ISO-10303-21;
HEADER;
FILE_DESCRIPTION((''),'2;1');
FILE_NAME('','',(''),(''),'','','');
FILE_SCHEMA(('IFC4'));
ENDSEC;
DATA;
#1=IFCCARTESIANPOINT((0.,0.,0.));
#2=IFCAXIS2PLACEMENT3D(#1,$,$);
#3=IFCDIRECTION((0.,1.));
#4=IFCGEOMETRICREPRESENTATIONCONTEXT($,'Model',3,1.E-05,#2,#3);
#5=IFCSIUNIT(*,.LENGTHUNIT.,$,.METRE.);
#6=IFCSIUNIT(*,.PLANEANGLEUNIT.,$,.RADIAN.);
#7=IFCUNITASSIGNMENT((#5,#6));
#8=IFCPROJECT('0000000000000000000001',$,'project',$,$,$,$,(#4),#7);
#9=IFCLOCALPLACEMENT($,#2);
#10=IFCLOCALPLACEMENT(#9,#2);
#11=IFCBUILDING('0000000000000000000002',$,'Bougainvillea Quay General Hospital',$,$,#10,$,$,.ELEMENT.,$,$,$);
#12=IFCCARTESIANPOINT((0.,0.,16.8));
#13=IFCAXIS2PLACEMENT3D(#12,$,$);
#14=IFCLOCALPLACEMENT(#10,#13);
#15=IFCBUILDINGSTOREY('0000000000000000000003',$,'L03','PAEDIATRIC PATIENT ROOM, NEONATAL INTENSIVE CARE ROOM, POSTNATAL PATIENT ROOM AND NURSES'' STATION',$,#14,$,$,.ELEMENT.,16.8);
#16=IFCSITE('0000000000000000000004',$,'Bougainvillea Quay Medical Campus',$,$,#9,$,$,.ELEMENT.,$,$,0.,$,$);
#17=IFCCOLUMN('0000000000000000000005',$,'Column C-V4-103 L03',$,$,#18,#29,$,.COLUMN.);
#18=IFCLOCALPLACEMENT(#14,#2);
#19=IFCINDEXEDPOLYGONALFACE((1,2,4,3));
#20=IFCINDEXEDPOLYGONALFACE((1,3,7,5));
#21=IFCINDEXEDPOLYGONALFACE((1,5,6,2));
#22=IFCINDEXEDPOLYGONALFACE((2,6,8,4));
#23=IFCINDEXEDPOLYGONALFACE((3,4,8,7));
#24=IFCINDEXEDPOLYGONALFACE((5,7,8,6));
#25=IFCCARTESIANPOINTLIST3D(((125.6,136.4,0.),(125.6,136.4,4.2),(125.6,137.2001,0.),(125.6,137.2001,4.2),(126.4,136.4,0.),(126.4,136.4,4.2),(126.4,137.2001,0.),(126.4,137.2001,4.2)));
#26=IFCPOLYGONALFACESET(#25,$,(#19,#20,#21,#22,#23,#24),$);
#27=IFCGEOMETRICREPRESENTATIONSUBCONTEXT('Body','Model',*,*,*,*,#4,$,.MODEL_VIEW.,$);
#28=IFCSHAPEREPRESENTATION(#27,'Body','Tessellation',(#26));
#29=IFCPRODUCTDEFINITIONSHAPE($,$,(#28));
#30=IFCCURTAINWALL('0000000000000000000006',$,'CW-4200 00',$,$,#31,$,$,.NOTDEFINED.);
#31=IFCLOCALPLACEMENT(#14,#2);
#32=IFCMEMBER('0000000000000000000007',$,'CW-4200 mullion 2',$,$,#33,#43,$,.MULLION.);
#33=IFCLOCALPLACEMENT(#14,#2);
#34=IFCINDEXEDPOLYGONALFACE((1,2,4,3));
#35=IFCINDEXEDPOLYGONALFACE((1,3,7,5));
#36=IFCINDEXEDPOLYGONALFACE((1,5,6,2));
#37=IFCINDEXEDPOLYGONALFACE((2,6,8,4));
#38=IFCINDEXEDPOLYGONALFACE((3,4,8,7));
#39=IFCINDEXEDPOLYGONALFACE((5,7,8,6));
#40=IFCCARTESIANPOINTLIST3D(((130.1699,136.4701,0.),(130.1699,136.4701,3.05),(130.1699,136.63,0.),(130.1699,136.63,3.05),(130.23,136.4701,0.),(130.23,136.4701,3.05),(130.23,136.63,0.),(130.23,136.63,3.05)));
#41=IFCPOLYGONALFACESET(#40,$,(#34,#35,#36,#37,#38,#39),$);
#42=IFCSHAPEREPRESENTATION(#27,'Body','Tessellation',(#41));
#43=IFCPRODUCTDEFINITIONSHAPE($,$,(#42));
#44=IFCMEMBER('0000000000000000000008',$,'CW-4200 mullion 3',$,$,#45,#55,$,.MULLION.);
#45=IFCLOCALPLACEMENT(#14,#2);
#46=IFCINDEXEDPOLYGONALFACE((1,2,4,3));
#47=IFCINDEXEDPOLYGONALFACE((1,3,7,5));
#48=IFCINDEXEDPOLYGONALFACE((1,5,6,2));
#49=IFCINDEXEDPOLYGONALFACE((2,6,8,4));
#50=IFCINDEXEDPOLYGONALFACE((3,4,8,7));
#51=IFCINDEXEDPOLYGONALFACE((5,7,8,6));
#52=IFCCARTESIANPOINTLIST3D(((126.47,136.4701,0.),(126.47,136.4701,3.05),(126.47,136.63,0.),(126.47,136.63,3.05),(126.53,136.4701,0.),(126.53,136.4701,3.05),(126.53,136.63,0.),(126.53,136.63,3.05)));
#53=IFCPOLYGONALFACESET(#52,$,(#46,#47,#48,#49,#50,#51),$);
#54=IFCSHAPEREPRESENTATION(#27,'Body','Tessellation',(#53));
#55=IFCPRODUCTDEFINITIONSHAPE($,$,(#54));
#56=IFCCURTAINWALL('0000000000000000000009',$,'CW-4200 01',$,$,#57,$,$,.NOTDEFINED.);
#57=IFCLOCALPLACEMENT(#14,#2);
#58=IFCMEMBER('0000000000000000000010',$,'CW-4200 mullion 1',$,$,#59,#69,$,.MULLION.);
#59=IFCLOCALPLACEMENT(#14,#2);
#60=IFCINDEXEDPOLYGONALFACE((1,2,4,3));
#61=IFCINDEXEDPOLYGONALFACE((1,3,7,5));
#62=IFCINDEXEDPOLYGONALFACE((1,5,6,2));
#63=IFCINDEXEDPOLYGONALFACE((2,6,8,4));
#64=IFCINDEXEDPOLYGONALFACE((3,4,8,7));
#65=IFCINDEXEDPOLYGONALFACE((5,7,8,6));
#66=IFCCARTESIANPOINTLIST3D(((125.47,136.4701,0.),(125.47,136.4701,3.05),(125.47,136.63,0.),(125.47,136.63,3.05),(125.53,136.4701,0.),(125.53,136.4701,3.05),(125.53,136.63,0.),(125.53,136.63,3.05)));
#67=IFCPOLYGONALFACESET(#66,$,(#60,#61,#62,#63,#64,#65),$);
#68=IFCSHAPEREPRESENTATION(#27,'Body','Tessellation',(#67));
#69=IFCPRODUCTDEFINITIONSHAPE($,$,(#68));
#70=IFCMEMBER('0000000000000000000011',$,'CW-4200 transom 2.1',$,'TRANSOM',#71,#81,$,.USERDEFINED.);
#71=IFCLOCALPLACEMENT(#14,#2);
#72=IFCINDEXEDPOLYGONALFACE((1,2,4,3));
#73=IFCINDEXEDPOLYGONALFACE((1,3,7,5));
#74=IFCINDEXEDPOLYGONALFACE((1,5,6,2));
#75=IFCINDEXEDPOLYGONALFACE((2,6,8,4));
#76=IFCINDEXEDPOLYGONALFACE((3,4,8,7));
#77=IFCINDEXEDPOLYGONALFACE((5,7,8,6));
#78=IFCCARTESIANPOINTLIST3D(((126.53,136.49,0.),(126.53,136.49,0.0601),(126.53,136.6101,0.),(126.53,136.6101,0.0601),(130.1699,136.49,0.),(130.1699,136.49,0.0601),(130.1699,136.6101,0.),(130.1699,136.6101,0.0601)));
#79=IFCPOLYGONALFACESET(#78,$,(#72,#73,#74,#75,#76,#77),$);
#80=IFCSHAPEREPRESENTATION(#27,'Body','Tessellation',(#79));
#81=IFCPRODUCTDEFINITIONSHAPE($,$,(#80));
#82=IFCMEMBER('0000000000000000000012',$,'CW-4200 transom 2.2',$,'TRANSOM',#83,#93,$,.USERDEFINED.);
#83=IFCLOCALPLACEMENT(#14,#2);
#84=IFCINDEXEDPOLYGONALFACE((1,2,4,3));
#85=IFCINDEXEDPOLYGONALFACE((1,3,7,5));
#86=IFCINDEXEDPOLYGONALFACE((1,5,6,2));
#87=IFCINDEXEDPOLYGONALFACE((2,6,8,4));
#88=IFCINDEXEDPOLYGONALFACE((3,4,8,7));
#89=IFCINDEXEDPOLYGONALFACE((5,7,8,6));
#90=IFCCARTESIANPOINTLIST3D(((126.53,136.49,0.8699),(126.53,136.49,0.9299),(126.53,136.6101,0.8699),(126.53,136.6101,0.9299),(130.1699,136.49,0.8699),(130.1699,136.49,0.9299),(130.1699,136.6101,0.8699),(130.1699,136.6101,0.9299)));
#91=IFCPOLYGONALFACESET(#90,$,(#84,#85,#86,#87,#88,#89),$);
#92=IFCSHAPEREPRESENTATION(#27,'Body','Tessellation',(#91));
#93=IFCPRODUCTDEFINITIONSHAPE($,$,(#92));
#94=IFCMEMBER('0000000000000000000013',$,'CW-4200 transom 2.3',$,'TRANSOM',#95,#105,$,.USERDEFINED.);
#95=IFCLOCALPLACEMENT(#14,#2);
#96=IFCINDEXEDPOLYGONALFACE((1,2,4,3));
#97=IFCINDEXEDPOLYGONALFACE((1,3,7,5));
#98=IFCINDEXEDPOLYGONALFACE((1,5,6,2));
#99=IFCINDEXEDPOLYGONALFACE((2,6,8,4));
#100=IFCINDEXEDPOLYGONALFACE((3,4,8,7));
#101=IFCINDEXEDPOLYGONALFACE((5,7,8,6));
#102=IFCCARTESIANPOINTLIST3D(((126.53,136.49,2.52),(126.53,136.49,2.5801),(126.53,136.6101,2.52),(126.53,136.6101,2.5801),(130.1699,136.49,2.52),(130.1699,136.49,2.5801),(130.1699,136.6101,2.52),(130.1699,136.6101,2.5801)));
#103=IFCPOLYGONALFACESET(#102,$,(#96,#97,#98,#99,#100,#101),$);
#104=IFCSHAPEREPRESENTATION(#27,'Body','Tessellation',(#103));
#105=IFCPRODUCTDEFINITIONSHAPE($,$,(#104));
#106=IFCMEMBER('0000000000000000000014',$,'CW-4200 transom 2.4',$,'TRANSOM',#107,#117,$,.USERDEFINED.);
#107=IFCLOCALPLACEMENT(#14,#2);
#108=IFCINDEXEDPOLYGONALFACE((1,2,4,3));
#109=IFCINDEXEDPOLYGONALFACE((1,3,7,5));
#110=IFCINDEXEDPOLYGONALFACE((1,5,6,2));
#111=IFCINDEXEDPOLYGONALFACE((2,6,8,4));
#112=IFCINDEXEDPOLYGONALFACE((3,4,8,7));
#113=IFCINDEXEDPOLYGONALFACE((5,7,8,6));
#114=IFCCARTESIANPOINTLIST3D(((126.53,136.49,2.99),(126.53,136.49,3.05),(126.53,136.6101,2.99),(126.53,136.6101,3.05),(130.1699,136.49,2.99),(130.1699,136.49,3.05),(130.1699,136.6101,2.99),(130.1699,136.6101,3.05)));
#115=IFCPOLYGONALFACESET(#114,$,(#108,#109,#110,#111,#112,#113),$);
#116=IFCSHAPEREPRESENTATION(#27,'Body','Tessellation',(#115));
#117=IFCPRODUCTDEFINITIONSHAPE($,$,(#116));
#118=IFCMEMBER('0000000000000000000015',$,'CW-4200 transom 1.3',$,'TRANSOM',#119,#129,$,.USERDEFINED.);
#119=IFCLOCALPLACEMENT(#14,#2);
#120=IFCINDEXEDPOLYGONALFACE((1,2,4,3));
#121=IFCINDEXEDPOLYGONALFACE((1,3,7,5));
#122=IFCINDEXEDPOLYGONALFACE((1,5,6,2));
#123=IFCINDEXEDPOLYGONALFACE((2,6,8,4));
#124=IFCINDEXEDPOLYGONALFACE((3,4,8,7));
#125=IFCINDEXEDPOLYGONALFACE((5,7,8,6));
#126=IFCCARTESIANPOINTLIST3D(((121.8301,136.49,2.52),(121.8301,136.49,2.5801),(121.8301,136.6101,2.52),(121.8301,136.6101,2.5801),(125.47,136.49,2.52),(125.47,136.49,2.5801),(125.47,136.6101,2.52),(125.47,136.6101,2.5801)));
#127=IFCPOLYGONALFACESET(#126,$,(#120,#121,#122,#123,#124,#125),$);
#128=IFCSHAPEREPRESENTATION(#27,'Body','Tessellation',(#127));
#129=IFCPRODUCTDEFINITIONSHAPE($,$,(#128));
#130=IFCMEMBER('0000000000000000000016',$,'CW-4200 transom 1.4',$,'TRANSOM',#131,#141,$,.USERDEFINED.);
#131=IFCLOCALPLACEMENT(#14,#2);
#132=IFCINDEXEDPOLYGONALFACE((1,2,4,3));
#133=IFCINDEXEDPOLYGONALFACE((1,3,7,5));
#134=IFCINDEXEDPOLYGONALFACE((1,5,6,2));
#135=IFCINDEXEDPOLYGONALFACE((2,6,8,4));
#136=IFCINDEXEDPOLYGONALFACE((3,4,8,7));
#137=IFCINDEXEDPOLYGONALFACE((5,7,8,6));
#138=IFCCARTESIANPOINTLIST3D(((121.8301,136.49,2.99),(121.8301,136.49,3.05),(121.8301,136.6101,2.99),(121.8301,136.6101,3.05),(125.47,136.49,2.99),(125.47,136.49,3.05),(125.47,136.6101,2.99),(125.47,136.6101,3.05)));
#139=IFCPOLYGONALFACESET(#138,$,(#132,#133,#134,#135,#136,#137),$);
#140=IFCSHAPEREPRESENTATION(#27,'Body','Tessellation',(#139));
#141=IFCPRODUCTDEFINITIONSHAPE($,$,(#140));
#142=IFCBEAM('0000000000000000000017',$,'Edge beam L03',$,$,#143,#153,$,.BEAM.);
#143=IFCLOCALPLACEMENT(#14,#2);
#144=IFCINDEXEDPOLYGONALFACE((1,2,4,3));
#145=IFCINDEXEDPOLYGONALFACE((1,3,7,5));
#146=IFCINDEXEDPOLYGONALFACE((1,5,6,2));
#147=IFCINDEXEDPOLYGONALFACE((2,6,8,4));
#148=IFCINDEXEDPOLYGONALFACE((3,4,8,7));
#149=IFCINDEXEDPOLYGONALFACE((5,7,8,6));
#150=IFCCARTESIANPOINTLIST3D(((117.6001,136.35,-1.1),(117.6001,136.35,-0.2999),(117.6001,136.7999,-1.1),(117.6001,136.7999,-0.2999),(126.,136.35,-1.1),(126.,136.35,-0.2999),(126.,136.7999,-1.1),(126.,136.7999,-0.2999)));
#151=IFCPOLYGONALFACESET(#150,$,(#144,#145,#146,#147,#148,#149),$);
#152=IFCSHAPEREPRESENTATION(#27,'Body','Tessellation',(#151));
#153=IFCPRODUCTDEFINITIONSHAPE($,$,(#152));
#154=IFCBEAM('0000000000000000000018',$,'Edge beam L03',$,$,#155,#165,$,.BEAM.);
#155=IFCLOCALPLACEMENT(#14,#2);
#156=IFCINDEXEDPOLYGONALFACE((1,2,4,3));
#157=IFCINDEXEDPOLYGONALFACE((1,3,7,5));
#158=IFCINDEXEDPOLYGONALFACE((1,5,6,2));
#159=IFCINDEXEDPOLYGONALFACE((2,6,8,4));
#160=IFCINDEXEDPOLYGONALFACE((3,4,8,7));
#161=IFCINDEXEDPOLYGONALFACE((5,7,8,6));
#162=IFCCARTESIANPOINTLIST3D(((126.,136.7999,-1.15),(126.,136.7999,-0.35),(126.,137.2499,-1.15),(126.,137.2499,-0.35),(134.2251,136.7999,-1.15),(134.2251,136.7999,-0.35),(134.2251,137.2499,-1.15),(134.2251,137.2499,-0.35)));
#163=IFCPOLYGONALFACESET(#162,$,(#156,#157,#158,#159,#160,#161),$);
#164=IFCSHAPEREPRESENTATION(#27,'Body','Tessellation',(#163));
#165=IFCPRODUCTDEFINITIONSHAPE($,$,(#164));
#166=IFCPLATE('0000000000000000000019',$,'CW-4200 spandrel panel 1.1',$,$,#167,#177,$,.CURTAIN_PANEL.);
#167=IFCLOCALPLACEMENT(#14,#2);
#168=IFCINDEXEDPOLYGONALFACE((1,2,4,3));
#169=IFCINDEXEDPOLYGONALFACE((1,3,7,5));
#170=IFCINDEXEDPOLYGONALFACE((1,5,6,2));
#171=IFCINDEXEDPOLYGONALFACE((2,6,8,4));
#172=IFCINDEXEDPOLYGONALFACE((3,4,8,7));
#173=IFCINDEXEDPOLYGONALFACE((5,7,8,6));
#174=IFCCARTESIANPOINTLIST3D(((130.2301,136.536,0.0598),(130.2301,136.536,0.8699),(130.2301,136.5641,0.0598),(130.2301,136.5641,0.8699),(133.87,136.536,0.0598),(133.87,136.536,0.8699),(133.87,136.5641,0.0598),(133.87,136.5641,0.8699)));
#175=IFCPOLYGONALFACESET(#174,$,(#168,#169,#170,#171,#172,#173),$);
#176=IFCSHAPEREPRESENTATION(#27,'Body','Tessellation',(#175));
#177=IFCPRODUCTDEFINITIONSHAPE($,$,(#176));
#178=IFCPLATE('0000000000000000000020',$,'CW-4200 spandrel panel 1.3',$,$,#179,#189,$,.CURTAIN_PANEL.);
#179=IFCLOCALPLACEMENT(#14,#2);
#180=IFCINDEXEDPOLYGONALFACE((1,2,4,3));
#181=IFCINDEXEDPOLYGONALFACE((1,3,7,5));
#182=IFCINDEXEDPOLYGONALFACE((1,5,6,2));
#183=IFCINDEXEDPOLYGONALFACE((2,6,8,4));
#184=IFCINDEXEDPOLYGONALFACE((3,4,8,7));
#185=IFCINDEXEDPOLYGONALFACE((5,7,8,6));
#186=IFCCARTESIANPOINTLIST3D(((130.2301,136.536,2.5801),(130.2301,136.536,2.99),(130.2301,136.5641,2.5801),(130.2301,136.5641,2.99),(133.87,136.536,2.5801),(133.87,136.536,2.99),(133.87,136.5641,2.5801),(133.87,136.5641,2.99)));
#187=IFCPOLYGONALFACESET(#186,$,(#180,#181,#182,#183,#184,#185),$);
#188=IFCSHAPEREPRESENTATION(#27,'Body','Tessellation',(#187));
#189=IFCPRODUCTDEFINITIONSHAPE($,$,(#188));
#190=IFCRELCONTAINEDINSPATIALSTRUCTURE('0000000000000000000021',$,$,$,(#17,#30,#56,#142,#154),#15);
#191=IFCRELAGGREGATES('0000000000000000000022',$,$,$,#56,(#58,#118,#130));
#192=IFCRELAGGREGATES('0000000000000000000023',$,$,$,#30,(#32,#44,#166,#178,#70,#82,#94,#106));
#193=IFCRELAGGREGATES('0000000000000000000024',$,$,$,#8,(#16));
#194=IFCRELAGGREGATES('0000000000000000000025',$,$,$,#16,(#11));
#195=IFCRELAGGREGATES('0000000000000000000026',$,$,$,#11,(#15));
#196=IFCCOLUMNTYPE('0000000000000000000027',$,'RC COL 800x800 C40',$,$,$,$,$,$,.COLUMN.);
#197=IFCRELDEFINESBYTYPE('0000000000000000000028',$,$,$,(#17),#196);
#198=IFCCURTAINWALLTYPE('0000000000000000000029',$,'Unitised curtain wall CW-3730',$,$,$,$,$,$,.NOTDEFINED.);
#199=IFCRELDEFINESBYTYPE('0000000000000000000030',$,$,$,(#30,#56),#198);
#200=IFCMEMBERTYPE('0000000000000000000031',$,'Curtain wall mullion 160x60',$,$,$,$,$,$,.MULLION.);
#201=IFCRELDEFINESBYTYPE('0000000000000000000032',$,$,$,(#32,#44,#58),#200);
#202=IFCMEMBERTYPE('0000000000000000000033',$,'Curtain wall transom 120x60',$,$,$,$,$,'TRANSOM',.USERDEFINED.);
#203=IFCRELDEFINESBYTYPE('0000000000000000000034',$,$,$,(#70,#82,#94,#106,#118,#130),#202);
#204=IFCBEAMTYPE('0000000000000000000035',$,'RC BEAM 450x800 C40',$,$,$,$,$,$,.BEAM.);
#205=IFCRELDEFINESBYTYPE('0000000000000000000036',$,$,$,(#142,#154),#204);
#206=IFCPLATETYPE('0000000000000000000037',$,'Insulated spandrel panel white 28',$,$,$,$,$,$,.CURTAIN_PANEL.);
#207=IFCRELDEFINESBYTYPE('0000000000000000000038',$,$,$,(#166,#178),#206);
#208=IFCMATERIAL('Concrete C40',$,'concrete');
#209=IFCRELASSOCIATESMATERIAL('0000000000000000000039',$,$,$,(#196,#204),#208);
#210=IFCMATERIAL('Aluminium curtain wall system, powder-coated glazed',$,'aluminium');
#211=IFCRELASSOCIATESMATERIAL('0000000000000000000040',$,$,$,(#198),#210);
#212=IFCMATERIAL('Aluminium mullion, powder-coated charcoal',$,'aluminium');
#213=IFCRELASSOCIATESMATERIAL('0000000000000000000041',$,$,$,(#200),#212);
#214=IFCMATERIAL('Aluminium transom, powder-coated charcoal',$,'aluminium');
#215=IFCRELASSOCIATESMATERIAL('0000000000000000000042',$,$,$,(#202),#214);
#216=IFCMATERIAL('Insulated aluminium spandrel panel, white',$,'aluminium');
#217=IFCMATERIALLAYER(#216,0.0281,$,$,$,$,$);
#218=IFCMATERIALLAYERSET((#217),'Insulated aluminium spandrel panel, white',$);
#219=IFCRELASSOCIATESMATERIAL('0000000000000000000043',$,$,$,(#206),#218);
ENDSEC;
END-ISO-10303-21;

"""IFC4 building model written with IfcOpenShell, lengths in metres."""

from ifc_helpers import new_model, si_unit, direction, frame, origin, origin_2d, place, context, subcontext, project, spatial, rectangle, extrude, material, layer, layer_set, material_profile, profile_set, type_object, element, aggregate, save


model = new_model("IFC4")

# Units and contexts
model_context = context("Model", 3, precision=1e-05, world=origin(), true_north=direction((0.0, 1.0)))
body_context = subcontext(model_context, "Body", "Model", "MODEL_VIEW")
ifc_project = project(units=[si_unit("LENGTHUNIT", "METRE"), si_unit("PLANEANGLEUNIT", "RADIAN")], contexts=[model_context])

# Site, building, storey
site_placement = place(None, origin())
site = spatial("IfcSite", under=ifc_project, at=site_placement, Name="Bougainvillea Quay Medical Campus", CompositionType="ELEMENT", RefElevation=0.0)
building_placement = place(site_placement, origin())
building = spatial("IfcBuilding", under=site, at=building_placement, Name="Bougainvillea Quay General Hospital", CompositionType="ELEMENT")
storey_placement = place(building_placement, frame((0.0, 0.0, 16.8)))
storey = spatial("IfcBuildingStorey", under=building, at=storey_placement, Name="L03", Description="PAEDIATRIC PATIENT ROOM, NEONATAL INTENSIVE CARE ROOM, POSTNATAL PATIENT ROOM AND NURSES' STATION", CompositionType="ELEMENT", Elevation=16.8)

# Column
ifc_material_1 = material(Name="Concrete C40", Category="concrete")
ifc_material_profile_1 = material_profile(ifc_material_1, rectangle(XDim=0.8, YDim=0.8, at=origin_2d()))
ifc_profile_set_1 = profile_set([ifc_material_profile_1], Name="Concrete C40")
column_type = type_object("IfcColumnType", Name="RC COL 800x800 C40", PredefinedType="COLUMN", material=ifc_profile_set_1)
column_placement = place(storey_placement, frame((126.0, 136.8, 0.0), z_axis=(0.0, 0.0, 1.0), x_axis=(1.0, 0.0, 0.0)))
element("IfcColumn", 1, at=column_placement, inside=storey, type_object=column_type, Name="Column C-V4-103 L03", PredefinedType="COLUMN", context=body_context, shape_type="SweptSolid", body=[
    extrude(rectangle(XDim=0.8, YDim=0.8, at=origin_2d()), origin(), (0.0, 0.0, 1.0), 4.2),
])

# Curtain wall, members
ifc_material_2 = material(Name="Aluminium curtain wall system, powder-coated glazed", Category="aluminium")
curtain_wall_type = type_object("IfcCurtainWallType", Name="Unitised curtain wall CW-3730", PredefinedType="NOTDEFINED", material=ifc_material_2)
curtain_wall_1_placement = place(storey_placement, origin())
curtain_wall_1 = element("IfcCurtainWall", 2, at=curtain_wall_1_placement, inside=storey, type_object=curtain_wall_type, Name="CW-4200 00", PredefinedType="NOTDEFINED")
ifc_material_3 = material(Name="Aluminium mullion, powder-coated charcoal", Category="aluminium")
ifc_material_profile_2 = material_profile(ifc_material_3, rectangle(XDim=0.1599, YDim=0.0601, at=origin_2d()))
ifc_profile_set_2 = profile_set([ifc_material_profile_2], Name="Aluminium mullion, powder-coated charcoal")
member_type_1 = type_object("IfcMemberType", Name="Curtain wall mullion 160x60", PredefinedType="MULLION", material=ifc_profile_set_2)
member_1_placement = place(storey_placement, frame((130.2, 136.55, 0.0), z_axis=(0.0, 0.0, 1.0), x_axis=(0.0, -1.0, 0.0)))
member_1 = element("IfcMember", 3, at=member_1_placement, type_object=member_type_1, Name="CW-4200 mullion 2", PredefinedType="MULLION", context=body_context, shape_type="SweptSolid", body=[
    extrude(rectangle(XDim=0.1599, YDim=0.0601, at=origin_2d()), origin(), (0.0, 0.0, 1.0), 3.05),
])
member_2_placement = place(storey_placement, frame((126.5, 136.55, 0.0), z_axis=(0.0, 0.0, 1.0), x_axis=(0.0, -1.0, 0.0)))
member_2 = element("IfcMember", 4, at=member_2_placement, type_object=member_type_1, Name="CW-4200 mullion 3", PredefinedType="MULLION", context=body_context, shape_type="SweptSolid", body=[
    extrude(rectangle(XDim=0.1599, YDim=0.0601, at=origin_2d()), origin(), (0.0, 0.0, 1.0), 3.05),
])

# Curtain wall, member
curtain_wall_2_placement = place(storey_placement, origin())
curtain_wall_2 = element("IfcCurtainWall", 5, at=curtain_wall_2_placement, inside=storey, type_object=curtain_wall_type, Name="CW-4200 01", PredefinedType="NOTDEFINED")
member_3_placement = place(storey_placement, frame((125.5, 136.55, 0.0), z_axis=(0.0, 0.0, 1.0), x_axis=(0.0, -1.0, 0.0)))
member_3 = element("IfcMember", 6, at=member_3_placement, type_object=member_type_1, Name="CW-4200 mullion 1", PredefinedType="MULLION", context=body_context, shape_type="SweptSolid", body=[
    extrude(rectangle(XDim=0.1599, YDim=0.0601, at=origin_2d()), origin(), (0.0, 0.0, 1.0), 3.05),
])

# Members
ifc_material_4 = material(Name="Aluminium transom, powder-coated charcoal", Category="aluminium")
ifc_material_profile_3 = material_profile(ifc_material_4, rectangle(XDim=0.1201, YDim=0.0601, at=origin_2d()))
ifc_profile_set_3 = profile_set([ifc_material_profile_3], Name="Aluminium transom, powder-coated charcoal")
member_type_2 = type_object("IfcMemberType", Name="Curtain wall transom 120x60", ElementType="TRANSOM", PredefinedType="USERDEFINED", material=ifc_profile_set_3)
member_4_placement = place(storey_placement, frame((130.1699, 136.55, 0.03), z_axis=(-1.0, 0.0, 0.0), x_axis=(0.0, -1.0, 0.0)))
member_4 = element("IfcMember", 7, at=member_4_placement, type_object=member_type_2, Name="CW-4200 transom 2.1", ObjectType="TRANSOM", PredefinedType="USERDEFINED", context=body_context, shape_type="SweptSolid", body=[
    extrude(rectangle(XDim=0.1201, YDim=0.0601, at=origin_2d()), origin(), (0.0, 0.0, 1.0), 3.6399),
])
member_5_placement = place(storey_placement, frame((130.1699, 136.55, 0.8999), z_axis=(-1.0, 0.0, 0.0), x_axis=(0.0, -1.0, 0.0)))
member_5 = element("IfcMember", 8, at=member_5_placement, type_object=member_type_2, Name="CW-4200 transom 2.2", ObjectType="TRANSOM", PredefinedType="USERDEFINED", context=body_context, shape_type="SweptSolid", body=[
    extrude(rectangle(XDim=0.1201, YDim=0.0601, at=origin_2d()), origin(), (0.0, 0.0, 1.0), 3.6399),
])
member_6_placement = place(storey_placement, frame((130.1699, 136.55, 2.55), z_axis=(-1.0, 0.0, 0.0), x_axis=(0.0, -1.0, 0.0)))
member_6 = element("IfcMember", 9, at=member_6_placement, type_object=member_type_2, Name="CW-4200 transom 2.3", ObjectType="TRANSOM", PredefinedType="USERDEFINED", context=body_context, shape_type="SweptSolid", body=[
    extrude(rectangle(XDim=0.1201, YDim=0.0601, at=origin_2d()), origin(), (0.0, 0.0, 1.0), 3.6399),
])
member_7_placement = place(storey_placement, frame((130.1699, 136.55, 3.02), z_axis=(-1.0, 0.0, 0.0), x_axis=(0.0, -1.0, 0.0)))
member_7 = element("IfcMember", 10, at=member_7_placement, type_object=member_type_2, Name="CW-4200 transom 2.4", ObjectType="TRANSOM", PredefinedType="USERDEFINED", context=body_context, shape_type="SweptSolid", body=[
    extrude(rectangle(XDim=0.1201, YDim=0.0601, at=origin_2d()), origin(), (0.0, 0.0, 1.0), 3.6399),
])
member_8_placement = place(storey_placement, frame((125.47, 136.55, 2.55), z_axis=(-1.0, 0.0, 0.0), x_axis=(0.0, -1.0, 0.0)))
member_8 = element("IfcMember", 11, at=member_8_placement, type_object=member_type_2, Name="CW-4200 transom 1.3", ObjectType="TRANSOM", PredefinedType="USERDEFINED", context=body_context, shape_type="SweptSolid", body=[
    extrude(rectangle(XDim=0.1201, YDim=0.0601, at=origin_2d()), origin(), (0.0, 0.0, 1.0), 3.6399),
])
member_9_placement = place(storey_placement, frame((125.47, 136.55, 3.02), z_axis=(-1.0, 0.0, 0.0), x_axis=(0.0, -1.0, 0.0)))
member_9 = element("IfcMember", 12, at=member_9_placement, type_object=member_type_2, Name="CW-4200 transom 1.4", ObjectType="TRANSOM", PredefinedType="USERDEFINED", context=body_context, shape_type="SweptSolid", body=[
    extrude(rectangle(XDim=0.1201, YDim=0.0601, at=origin_2d()), origin(), (0.0, 0.0, 1.0), 3.6399),
])
aggregate(curtain_wall_2, [member_3, member_8, member_9])

# Beams
ifc_material_profile_4 = material_profile(ifc_material_1, rectangle(XDim=0.45, YDim=0.8, at=origin_2d()))
ifc_profile_set_4 = profile_set([ifc_material_profile_4], Name="Concrete C40")
beam_type = type_object("IfcBeamType", Name="RC BEAM 450x800 C40", PredefinedType="BEAM", material=ifc_profile_set_4)
beam_1_placement = place(storey_placement, frame((126.0, 136.575, -0.7), z_axis=(-1.0, 0.0, 0.0), x_axis=(0.0, -1.0, 0.0)))
element("IfcBeam", 13, at=beam_1_placement, inside=storey, type_object=beam_type, Name="Edge beam L03", PredefinedType="BEAM", context=body_context, shape_type="SweptSolid", body=[
    extrude(rectangle(XDim=0.45, YDim=0.8, at=origin_2d()), origin(), (0.0, 0.0, 1.0), 8.3999),
])
beam_2_placement = place(storey_placement, frame((126.0, 137.0249, -0.75), z_axis=(1.0, 0.0, 0.0), x_axis=(0.0, 1.0, 0.0)))
element("IfcBeam", 14, at=beam_2_placement, inside=storey, type_object=beam_type, Name="Edge beam L03", PredefinedType="BEAM", context=body_context, shape_type="SweptSolid", body=[
    extrude(rectangle(XDim=0.45, YDim=0.8, at=origin_2d()), origin(), (0.0, 0.0, 1.0), 8.2251),
])

# Plates
ifc_material_5 = material(Name="Insulated aluminium spandrel panel, white", Category="aluminium")
ifc_layer_1 = layer(ifc_material_5, 0.0281)
ifc_layer_set_1 = layer_set([ifc_layer_1], Name="Insulated aluminium spandrel panel, white")
plate_type_1 = type_object("IfcPlateType", Name="Insulated spandrel panel white 28", PredefinedType="CURTAIN_PANEL", material=ifc_layer_set_1)
plate_1_placement = place(storey_placement, frame((132.05, 136.55, 0.0598), z_axis=(0.0, 0.0, 1.0), x_axis=(-1.0, 0.0, 0.0)))
plate_1 = element("IfcPlate", 15, at=plate_1_placement, type_object=plate_type_1, Name="CW-4200 spandrel panel 1.1", PredefinedType="CURTAIN_PANEL", context=body_context, shape_type="SweptSolid", body=[
    extrude(rectangle(XDim=3.6399, YDim=0.0281, at=origin_2d()), origin(), (0.0, 0.0, 1.0), 0.8101),
])
plate_2_placement = place(storey_placement, frame((132.05, 136.55, 2.5801), z_axis=(0.0, 0.0, 1.0), x_axis=(-1.0, 0.0, 0.0)))
plate_2 = element("IfcPlate", 16, at=plate_2_placement, type_object=plate_type_1, Name="CW-4200 spandrel panel 1.3", PredefinedType="CURTAIN_PANEL", context=body_context, shape_type="SweptSolid", body=[
    extrude(rectangle(XDim=3.6399, YDim=0.0281, at=origin_2d()), origin(), (0.0, 0.0, 1.0), 0.4099),
])
aggregate(curtain_wall_1, [member_1, member_2, plate_1, plate_2, member_4, member_5, member_6, member_7])

save(model, "model.ifc")
